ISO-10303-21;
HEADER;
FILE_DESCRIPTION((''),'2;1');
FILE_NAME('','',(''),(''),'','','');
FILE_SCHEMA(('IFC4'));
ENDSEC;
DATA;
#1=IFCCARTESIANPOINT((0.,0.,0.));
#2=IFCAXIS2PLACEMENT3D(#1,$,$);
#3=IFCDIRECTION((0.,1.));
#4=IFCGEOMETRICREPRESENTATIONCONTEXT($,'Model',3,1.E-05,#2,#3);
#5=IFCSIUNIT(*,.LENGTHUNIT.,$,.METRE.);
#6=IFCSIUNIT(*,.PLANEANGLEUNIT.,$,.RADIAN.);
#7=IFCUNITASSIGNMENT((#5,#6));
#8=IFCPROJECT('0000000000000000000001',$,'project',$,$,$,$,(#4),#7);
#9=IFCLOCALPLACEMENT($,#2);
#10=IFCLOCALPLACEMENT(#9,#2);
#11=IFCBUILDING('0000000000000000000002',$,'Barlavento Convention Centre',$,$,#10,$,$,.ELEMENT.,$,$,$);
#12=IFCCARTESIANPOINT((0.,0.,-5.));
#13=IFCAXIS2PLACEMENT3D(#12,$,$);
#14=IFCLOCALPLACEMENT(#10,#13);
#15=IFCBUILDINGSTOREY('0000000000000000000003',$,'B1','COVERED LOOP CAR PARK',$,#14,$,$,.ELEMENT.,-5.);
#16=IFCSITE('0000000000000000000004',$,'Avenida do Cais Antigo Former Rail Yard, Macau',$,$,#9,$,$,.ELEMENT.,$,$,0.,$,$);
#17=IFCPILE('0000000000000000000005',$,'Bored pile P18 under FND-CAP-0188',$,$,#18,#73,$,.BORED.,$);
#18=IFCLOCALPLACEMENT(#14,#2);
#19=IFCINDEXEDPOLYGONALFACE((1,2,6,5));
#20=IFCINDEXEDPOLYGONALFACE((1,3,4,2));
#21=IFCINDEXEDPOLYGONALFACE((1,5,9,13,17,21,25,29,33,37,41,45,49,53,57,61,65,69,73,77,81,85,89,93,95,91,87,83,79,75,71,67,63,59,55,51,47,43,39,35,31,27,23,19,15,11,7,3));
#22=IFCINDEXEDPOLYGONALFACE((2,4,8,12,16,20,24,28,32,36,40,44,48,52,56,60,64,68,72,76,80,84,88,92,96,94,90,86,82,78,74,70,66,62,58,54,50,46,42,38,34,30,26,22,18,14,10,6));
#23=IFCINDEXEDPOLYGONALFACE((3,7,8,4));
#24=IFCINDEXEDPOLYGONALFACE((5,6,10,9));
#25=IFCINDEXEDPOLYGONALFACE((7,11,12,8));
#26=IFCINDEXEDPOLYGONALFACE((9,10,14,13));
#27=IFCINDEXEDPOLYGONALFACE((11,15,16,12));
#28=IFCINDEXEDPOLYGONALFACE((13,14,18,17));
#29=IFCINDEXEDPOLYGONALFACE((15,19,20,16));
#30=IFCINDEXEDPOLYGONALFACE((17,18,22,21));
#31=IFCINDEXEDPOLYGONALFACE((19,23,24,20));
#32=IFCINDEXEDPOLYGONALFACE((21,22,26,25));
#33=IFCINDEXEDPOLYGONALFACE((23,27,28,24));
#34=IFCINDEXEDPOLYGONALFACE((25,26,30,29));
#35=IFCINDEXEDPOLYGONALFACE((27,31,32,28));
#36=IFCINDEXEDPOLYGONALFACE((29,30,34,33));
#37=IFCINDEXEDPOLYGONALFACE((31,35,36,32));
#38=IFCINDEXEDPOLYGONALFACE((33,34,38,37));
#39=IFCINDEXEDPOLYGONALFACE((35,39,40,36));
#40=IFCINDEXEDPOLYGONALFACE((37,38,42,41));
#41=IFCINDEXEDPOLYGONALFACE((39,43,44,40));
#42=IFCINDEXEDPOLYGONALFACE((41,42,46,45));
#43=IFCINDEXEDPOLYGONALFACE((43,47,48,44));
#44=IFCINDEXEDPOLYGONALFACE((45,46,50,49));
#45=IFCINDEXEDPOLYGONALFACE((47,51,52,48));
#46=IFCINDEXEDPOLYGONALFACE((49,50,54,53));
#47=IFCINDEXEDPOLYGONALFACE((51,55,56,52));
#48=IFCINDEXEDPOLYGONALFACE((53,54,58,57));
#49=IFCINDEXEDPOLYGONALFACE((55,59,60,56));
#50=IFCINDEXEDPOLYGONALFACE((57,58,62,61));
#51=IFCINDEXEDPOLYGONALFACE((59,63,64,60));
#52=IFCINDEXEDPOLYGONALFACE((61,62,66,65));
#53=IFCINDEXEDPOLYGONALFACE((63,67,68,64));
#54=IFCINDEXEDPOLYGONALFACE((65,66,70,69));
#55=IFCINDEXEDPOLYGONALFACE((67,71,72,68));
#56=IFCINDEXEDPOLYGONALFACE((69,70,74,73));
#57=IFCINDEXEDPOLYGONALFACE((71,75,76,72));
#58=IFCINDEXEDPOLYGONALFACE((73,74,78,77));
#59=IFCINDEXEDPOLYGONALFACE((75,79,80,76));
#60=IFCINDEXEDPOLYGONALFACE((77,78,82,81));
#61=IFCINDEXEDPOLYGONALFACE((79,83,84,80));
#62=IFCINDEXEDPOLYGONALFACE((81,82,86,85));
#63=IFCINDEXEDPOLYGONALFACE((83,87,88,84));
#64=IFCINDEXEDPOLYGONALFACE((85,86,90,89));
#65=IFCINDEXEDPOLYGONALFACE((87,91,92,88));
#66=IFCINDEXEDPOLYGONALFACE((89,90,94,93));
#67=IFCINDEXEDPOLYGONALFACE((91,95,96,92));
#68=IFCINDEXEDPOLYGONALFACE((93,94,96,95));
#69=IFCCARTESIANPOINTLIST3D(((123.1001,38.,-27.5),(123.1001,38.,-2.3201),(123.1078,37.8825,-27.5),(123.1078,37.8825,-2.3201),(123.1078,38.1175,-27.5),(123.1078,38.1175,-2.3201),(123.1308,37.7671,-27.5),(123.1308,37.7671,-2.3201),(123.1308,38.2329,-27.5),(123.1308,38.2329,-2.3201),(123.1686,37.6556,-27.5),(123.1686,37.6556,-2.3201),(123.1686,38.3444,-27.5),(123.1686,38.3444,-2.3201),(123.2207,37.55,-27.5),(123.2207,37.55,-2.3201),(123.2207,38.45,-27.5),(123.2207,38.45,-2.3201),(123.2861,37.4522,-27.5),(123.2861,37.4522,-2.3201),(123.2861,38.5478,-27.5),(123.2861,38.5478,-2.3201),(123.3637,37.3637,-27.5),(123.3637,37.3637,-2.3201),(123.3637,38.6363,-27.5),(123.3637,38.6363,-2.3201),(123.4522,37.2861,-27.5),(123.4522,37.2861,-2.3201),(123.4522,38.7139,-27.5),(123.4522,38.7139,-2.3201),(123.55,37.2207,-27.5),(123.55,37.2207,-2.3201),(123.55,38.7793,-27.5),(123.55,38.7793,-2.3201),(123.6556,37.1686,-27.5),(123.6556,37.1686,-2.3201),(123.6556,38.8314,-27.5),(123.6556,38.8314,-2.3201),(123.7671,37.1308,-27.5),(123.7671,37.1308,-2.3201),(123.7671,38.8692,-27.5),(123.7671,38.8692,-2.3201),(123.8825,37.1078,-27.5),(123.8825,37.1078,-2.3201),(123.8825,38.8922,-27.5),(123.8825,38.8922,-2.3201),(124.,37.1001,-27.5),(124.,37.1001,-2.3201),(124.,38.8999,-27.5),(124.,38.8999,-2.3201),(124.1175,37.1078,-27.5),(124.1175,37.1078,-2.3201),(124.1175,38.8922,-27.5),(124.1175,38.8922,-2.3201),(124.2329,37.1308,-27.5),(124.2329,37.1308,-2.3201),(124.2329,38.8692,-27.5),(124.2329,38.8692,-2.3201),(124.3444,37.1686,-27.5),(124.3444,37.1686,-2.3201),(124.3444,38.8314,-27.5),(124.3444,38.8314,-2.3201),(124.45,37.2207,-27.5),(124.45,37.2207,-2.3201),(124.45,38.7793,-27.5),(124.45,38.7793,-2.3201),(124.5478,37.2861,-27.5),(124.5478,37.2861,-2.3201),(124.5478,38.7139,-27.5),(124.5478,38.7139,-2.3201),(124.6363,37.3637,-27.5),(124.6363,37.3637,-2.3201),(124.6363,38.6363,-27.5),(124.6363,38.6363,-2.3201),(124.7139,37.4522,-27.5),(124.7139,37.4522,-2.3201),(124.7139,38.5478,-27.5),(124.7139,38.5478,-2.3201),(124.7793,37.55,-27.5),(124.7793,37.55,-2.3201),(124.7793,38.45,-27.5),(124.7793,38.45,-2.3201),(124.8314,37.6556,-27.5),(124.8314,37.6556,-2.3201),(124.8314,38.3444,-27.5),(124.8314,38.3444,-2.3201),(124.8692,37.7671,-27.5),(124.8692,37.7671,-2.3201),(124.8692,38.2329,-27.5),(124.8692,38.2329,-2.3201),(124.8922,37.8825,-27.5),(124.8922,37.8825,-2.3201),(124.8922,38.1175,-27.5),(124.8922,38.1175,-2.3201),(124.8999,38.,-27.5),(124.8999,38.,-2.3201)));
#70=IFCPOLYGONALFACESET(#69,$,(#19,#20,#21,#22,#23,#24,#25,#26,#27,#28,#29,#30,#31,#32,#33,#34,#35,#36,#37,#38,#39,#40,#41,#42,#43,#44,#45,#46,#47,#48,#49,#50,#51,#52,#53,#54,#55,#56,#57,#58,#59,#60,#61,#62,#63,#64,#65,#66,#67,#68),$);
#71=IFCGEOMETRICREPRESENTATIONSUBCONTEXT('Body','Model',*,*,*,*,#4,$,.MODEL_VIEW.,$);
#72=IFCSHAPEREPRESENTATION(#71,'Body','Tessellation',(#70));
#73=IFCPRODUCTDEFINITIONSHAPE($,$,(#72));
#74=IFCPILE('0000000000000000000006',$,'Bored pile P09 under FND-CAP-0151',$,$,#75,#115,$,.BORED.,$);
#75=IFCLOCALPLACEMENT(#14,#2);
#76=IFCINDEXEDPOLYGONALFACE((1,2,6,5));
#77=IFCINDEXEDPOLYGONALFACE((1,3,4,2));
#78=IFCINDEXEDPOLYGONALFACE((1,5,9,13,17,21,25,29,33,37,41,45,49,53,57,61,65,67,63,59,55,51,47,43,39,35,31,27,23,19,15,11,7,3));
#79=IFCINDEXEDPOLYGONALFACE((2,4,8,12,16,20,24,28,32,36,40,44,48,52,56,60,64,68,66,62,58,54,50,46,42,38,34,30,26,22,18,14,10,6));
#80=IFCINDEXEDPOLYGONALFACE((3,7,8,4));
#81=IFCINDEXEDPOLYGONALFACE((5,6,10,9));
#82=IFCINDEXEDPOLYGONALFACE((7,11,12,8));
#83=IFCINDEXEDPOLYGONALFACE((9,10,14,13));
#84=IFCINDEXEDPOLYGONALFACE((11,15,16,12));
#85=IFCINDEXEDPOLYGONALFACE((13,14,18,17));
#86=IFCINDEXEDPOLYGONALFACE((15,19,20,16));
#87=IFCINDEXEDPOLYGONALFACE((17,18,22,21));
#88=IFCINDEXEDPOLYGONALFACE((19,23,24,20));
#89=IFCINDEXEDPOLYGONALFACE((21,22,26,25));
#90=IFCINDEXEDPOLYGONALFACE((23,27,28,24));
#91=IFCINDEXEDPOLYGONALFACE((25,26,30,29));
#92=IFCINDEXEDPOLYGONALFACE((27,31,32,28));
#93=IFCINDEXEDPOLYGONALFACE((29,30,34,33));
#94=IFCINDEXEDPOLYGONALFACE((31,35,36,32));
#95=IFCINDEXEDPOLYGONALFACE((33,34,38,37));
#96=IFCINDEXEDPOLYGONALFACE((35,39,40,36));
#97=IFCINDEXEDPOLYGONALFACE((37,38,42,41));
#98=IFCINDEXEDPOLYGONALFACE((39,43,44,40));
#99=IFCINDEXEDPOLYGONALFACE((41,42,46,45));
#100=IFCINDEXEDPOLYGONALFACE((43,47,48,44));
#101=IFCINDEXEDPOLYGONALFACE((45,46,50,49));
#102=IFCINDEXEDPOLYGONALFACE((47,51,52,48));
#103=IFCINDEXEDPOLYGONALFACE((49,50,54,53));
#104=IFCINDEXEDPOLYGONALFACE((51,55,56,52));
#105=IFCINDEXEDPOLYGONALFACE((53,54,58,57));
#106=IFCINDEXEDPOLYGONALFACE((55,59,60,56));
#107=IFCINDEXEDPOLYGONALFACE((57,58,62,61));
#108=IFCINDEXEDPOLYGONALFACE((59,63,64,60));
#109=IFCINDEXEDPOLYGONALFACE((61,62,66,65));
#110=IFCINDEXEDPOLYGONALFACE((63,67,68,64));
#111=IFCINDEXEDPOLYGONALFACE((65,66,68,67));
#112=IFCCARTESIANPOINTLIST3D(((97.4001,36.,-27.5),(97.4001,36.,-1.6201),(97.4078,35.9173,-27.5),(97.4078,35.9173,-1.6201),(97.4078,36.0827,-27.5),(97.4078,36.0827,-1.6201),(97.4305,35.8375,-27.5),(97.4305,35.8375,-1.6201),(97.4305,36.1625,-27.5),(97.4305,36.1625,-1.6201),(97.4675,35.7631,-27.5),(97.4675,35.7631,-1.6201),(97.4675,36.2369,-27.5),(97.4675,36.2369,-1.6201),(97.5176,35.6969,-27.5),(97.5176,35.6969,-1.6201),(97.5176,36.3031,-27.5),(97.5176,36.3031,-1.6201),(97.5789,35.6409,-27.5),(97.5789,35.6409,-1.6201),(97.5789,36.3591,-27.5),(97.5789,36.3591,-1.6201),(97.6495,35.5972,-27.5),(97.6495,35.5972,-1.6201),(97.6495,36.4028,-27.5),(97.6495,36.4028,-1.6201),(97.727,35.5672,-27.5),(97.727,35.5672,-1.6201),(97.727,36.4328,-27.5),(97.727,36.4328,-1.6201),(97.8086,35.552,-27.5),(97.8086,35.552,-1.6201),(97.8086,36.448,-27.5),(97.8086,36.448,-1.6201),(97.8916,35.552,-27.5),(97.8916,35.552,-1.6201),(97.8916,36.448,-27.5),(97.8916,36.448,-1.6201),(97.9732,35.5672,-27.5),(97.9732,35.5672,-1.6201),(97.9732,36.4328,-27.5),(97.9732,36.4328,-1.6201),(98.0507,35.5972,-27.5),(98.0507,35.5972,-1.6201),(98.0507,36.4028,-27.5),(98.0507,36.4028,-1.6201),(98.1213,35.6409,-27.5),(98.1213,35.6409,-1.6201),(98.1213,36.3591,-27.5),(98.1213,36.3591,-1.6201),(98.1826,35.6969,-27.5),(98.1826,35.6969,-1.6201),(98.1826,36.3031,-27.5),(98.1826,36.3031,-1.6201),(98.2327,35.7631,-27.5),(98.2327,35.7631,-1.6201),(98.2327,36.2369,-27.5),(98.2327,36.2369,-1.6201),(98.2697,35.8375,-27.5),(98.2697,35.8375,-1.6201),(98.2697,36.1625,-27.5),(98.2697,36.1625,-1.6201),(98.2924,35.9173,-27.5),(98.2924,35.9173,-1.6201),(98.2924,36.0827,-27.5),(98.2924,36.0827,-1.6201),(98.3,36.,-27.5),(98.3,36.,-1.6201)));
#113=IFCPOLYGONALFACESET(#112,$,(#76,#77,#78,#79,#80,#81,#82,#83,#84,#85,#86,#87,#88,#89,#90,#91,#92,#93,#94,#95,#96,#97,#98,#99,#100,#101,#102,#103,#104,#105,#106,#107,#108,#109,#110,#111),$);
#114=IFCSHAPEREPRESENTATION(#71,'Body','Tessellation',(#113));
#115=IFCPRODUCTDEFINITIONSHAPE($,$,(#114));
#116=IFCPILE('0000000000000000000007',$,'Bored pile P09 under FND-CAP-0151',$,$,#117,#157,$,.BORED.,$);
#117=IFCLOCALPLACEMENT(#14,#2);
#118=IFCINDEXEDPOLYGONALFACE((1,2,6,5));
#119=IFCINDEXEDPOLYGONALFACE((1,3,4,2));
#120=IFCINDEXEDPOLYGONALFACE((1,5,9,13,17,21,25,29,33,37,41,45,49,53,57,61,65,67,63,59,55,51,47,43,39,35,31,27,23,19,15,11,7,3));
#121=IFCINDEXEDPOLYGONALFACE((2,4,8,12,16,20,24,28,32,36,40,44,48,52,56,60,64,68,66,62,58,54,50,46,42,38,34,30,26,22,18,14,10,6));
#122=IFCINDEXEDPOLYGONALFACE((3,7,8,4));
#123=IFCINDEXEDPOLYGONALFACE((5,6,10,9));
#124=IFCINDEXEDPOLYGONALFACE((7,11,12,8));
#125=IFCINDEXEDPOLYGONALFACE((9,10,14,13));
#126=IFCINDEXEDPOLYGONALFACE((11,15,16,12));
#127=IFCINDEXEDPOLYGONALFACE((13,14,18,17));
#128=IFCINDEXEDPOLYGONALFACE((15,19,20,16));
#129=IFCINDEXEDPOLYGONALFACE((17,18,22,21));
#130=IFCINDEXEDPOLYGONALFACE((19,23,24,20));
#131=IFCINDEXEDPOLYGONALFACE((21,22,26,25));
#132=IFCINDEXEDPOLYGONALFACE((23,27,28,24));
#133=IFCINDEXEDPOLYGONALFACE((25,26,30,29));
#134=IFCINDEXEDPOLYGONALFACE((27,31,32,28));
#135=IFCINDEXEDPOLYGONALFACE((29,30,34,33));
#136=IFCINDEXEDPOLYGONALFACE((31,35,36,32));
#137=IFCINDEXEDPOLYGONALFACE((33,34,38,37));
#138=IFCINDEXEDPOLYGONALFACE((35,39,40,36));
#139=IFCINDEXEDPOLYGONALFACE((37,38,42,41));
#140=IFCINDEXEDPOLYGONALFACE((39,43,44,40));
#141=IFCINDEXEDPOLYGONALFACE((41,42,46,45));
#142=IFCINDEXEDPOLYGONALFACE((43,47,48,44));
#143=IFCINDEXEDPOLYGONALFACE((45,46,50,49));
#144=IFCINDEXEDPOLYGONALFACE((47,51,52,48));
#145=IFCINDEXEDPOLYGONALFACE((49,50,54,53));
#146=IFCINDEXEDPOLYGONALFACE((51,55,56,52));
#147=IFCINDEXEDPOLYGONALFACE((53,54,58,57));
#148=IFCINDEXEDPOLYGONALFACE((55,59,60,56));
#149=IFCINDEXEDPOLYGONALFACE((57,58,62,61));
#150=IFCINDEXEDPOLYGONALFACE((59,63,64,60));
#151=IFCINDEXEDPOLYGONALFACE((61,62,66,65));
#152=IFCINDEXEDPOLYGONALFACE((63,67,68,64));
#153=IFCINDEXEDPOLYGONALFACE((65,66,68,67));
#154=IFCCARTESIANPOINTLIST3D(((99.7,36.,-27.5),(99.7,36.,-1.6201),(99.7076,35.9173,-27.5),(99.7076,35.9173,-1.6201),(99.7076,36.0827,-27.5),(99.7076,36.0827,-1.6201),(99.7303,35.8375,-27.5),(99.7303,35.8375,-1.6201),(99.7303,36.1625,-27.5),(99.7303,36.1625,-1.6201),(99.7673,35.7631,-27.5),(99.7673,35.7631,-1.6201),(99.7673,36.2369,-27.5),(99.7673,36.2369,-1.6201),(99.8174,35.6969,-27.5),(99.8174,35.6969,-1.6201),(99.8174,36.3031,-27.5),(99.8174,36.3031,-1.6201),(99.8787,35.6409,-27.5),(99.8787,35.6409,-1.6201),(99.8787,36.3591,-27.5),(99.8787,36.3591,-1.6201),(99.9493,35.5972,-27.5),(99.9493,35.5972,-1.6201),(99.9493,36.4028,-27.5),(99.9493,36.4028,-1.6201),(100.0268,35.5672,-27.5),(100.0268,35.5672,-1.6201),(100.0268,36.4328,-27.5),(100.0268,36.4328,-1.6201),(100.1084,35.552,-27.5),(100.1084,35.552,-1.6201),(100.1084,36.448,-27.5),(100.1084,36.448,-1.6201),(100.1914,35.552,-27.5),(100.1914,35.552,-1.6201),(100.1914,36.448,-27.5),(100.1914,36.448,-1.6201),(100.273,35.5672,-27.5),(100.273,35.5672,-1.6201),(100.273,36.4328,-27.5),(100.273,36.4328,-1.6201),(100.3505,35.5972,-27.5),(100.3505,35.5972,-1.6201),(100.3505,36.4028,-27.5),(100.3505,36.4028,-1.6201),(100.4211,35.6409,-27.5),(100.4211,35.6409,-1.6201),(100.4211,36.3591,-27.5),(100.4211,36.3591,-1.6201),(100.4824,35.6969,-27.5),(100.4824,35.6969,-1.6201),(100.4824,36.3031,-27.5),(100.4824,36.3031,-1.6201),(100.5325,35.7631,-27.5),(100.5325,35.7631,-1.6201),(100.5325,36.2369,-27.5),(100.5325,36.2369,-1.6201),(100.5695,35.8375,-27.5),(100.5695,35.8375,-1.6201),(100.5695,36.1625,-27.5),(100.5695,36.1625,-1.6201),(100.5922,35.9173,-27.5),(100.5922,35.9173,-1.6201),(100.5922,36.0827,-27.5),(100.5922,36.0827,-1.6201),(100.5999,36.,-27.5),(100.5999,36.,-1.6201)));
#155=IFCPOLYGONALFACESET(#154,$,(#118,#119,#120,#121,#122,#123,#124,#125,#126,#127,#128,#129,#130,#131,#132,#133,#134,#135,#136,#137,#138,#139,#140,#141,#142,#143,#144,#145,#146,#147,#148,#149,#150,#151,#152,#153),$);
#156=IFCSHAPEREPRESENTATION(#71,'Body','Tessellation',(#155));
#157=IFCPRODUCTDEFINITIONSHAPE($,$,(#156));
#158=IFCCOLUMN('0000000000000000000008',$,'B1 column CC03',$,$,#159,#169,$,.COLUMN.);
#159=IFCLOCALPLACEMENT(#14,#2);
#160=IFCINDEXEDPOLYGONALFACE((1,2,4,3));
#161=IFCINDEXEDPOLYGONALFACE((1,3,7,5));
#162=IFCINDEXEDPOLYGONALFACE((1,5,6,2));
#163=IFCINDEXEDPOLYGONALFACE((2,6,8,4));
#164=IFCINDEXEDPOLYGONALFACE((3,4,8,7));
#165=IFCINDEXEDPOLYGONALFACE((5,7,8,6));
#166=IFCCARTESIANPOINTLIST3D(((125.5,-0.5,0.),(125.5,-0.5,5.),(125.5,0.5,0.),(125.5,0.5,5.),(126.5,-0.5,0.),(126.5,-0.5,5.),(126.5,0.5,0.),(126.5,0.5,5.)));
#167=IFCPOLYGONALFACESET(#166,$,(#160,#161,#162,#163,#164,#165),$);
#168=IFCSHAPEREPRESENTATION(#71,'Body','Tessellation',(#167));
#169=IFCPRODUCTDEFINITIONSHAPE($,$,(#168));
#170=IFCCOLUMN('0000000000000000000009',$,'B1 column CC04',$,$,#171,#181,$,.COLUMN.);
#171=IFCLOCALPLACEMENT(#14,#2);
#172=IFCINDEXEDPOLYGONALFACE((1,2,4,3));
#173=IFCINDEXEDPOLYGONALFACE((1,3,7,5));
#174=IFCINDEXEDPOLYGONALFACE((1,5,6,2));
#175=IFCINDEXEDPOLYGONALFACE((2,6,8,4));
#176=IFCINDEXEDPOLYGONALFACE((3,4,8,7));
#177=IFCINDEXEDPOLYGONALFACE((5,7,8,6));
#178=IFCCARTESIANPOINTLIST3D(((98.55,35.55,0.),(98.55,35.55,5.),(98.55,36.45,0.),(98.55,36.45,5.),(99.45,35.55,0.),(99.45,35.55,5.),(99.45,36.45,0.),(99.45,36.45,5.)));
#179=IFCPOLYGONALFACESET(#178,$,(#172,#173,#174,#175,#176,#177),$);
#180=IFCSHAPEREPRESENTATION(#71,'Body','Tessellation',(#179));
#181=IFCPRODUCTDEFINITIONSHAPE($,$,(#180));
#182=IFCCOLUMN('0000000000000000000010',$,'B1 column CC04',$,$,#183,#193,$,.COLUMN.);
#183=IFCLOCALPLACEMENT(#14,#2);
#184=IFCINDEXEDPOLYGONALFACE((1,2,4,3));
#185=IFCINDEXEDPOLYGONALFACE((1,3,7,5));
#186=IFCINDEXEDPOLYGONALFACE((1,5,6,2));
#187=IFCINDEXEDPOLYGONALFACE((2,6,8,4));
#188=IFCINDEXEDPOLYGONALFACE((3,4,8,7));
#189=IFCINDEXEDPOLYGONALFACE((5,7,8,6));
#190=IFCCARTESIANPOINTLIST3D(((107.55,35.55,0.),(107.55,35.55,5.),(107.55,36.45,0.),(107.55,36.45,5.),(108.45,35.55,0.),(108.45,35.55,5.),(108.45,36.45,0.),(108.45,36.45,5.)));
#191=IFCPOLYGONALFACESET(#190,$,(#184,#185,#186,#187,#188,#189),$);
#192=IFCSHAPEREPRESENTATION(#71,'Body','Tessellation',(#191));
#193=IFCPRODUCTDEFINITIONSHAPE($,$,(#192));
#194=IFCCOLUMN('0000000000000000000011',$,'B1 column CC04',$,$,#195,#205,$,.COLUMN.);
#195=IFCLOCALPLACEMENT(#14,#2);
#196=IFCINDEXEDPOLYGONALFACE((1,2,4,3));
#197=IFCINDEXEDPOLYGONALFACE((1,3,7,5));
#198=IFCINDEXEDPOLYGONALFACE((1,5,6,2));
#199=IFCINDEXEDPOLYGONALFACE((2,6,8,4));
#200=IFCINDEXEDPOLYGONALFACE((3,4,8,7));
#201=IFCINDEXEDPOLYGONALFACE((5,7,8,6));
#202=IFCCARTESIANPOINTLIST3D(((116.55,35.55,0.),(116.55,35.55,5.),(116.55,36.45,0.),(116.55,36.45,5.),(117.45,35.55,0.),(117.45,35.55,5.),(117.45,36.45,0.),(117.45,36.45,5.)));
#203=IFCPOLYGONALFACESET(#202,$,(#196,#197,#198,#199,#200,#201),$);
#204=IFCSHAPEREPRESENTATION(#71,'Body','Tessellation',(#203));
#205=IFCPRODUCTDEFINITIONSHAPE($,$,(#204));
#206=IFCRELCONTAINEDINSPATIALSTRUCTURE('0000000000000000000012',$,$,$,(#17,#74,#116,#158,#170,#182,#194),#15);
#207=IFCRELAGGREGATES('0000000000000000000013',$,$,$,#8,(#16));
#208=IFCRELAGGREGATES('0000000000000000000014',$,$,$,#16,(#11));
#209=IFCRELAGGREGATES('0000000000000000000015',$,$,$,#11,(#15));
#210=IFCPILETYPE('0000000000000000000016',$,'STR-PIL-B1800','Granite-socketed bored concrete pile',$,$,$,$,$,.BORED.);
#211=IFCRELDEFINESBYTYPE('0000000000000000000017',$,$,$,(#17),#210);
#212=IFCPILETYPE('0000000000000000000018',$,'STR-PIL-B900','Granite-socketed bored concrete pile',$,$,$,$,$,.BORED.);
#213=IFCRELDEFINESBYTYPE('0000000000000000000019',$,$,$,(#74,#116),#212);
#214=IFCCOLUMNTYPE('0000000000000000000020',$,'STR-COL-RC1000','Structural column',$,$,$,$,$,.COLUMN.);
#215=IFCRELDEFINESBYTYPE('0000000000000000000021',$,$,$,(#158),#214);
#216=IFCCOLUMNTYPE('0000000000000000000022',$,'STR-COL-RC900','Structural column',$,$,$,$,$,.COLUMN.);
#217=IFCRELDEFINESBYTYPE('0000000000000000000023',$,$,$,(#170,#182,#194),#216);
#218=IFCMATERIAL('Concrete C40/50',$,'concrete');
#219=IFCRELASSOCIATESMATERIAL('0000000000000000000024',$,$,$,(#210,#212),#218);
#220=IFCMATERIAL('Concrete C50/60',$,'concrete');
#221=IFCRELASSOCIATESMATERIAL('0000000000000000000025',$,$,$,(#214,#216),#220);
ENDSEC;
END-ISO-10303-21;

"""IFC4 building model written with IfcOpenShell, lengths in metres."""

from ifc_helpers import new_model, si_unit, direction, frame, origin, origin_2d, place, context, subcontext, project, spatial, rectangle, circle, extrude, material, material_profile, profile_set, type_object, element, save


model = new_model("IFC4")

# Units and contexts
model_context = context("Model", 3, precision=1e-05, world=origin(), true_north=direction((0.0, 1.0)))
body_context = subcontext(model_context, "Body", "Model", "MODEL_VIEW")
ifc_project = project(units=[si_unit("LENGTHUNIT", "METRE"), si_unit("PLANEANGLEUNIT", "RADIAN")], contexts=[model_context])

# Site, building, storey
site_placement = place(None, origin())
site = spatial("IfcSite", under=ifc_project, at=site_placement, Name="Avenida do Cais Antigo Former Rail Yard, Macau", CompositionType="ELEMENT", RefElevation=0.0)
building_placement = place(site_placement, origin())
building = spatial("IfcBuilding", under=site, at=building_placement, Name="Barlavento Convention Centre", CompositionType="ELEMENT")
storey_placement = place(building_placement, frame((0.0, 0.0, -5.0)))
storey = spatial("IfcBuildingStorey", under=building, at=storey_placement, Name="B1", Description="COVERED LOOP CAR PARK", CompositionType="ELEMENT", Elevation=-5.0)

# Shared definitions
ifc_material_1 = material(Name="Concrete C40/50", Category="concrete")

# Piles
ifc_material_profile_1 = material_profile(ifc_material_1, circle(Radius=0.8999, at=origin_2d()), Name="BORED PILE 1800")
ifc_profile_set_1 = profile_set([ifc_material_profile_1], Name="Concrete C40/50")
pile_type_1 = type_object("IfcPileType", Name="STR-PIL-B1800", Description="Granite-socketed bored concrete pile", PredefinedType="BORED", material=ifc_profile_set_1)
for number, where, z_axis, x_axis, name in (
    (1, (124.0, 38.0, -2.3201), (0.0, 0.0, -1.0), (1.0, 0.0, 0.0), "Bored pile P18 under FND-CAP-0188"),
):
    element("IfcPile", number, at=place(storey_placement, frame(where, z_axis=z_axis, x_axis=x_axis)), inside=storey, type_object=pile_type_1, Name=name, PredefinedType="BORED", context=body_context, shape_type="SweptSolid", body=[
        extrude(circle(Radius=0.8999, at=origin_2d()), origin(), (0.0, 0.0, 1.0), 25.1799),
    ])
ifc_material_profile_2 = material_profile(ifc_material_1, circle(Radius=0.45, at=origin_2d()), Name="BORED PILE 900")
ifc_profile_set_2 = profile_set([ifc_material_profile_2], Name="Concrete C40/50")
pile_type_2 = type_object("IfcPileType", Name="STR-PIL-B900", Description="Granite-socketed bored concrete pile", PredefinedType="BORED", material=ifc_profile_set_2)
for number, where, z_axis, x_axis, name in (
    (2, (97.8501, 36.0, -1.6201), (0.0, 0.0, -1.0), (1.0, 0.0, 0.0), "Bored pile P09 under FND-CAP-0151"),
    (3, (100.1499, 36.0, -1.6201), (0.0, 0.0, -1.0), (1.0, 0.0, 0.0), "Bored pile P09 under FND-CAP-0151"),
):
    element("IfcPile", number, at=place(storey_placement, frame(where, z_axis=z_axis, x_axis=x_axis)), inside=storey, type_object=pile_type_2, Name=name, PredefinedType="BORED", context=body_context, shape_type="SweptSolid", body=[
        extrude(circle(Radius=0.45, at=origin_2d()), origin(), (0.0, 0.0, 1.0), 25.8799),
    ])

# Columns
ifc_material_2 = material(Name="Concrete C50/60", Category="concrete")
ifc_material_profile_3 = material_profile(ifc_material_2, rectangle(XDim=1.0, YDim=1.0, at=origin_2d()), Name="RC 1000x1000")
ifc_profile_set_3 = profile_set([ifc_material_profile_3], Name="Concrete C50/60")
column_type_1 = type_object("IfcColumnType", Name="STR-COL-RC1000", Description="Structural column", PredefinedType="COLUMN", material=ifc_profile_set_3)
column_placement = place(storey_placement, frame((126.0, 0.0, 0.0), z_axis=(0.0, 0.0, 1.0), x_axis=(1.0, 0.0, 0.0)))
element("IfcColumn", 4, at=column_placement, inside=storey, type_object=column_type_1, Name="B1 column CC03", PredefinedType="COLUMN", context=body_context, shape_type="SweptSolid", body=[
    extrude(rectangle(XDim=1.0, YDim=1.0, at=origin_2d()), origin(), (0.0, 0.0, 1.0), 5.0),
])
ifc_material_profile_4 = material_profile(ifc_material_2, rectangle(XDim=0.8999, YDim=0.8999, at=origin_2d()), Name="RC 900x900")
ifc_profile_set_4 = profile_set([ifc_material_profile_4], Name="Concrete C50/60")
column_type_2 = type_object("IfcColumnType", Name="STR-COL-RC900", Description="Structural column", PredefinedType="COLUMN", material=ifc_profile_set_4)
for number, where, z_axis, x_axis, name in (
    (5, (99.0, 36.0, 0.0), (0.0, 0.0, 1.0), (1.0, 0.0, 0.0), "B1 column CC04"),
    (6, (108.0, 36.0, 0.0), (0.0, 0.0, 1.0), (1.0, 0.0, 0.0), "B1 column CC04"),
    (7, (117.0, 36.0, 0.0), (0.0, 0.0, 1.0), (1.0, 0.0, 0.0), "B1 column CC04"),
):
    element("IfcColumn", number, at=place(storey_placement, frame(where, z_axis=z_axis, x_axis=x_axis)), inside=storey, type_object=column_type_2, Name=name, PredefinedType="COLUMN", context=body_context, shape_type="SweptSolid", body=[
        extrude(rectangle(XDim=0.8999, YDim=0.8999, at=origin_2d()), origin(), (0.0, 0.0, 1.0), 5.0),
    ])

save(model, "model.ifc")
